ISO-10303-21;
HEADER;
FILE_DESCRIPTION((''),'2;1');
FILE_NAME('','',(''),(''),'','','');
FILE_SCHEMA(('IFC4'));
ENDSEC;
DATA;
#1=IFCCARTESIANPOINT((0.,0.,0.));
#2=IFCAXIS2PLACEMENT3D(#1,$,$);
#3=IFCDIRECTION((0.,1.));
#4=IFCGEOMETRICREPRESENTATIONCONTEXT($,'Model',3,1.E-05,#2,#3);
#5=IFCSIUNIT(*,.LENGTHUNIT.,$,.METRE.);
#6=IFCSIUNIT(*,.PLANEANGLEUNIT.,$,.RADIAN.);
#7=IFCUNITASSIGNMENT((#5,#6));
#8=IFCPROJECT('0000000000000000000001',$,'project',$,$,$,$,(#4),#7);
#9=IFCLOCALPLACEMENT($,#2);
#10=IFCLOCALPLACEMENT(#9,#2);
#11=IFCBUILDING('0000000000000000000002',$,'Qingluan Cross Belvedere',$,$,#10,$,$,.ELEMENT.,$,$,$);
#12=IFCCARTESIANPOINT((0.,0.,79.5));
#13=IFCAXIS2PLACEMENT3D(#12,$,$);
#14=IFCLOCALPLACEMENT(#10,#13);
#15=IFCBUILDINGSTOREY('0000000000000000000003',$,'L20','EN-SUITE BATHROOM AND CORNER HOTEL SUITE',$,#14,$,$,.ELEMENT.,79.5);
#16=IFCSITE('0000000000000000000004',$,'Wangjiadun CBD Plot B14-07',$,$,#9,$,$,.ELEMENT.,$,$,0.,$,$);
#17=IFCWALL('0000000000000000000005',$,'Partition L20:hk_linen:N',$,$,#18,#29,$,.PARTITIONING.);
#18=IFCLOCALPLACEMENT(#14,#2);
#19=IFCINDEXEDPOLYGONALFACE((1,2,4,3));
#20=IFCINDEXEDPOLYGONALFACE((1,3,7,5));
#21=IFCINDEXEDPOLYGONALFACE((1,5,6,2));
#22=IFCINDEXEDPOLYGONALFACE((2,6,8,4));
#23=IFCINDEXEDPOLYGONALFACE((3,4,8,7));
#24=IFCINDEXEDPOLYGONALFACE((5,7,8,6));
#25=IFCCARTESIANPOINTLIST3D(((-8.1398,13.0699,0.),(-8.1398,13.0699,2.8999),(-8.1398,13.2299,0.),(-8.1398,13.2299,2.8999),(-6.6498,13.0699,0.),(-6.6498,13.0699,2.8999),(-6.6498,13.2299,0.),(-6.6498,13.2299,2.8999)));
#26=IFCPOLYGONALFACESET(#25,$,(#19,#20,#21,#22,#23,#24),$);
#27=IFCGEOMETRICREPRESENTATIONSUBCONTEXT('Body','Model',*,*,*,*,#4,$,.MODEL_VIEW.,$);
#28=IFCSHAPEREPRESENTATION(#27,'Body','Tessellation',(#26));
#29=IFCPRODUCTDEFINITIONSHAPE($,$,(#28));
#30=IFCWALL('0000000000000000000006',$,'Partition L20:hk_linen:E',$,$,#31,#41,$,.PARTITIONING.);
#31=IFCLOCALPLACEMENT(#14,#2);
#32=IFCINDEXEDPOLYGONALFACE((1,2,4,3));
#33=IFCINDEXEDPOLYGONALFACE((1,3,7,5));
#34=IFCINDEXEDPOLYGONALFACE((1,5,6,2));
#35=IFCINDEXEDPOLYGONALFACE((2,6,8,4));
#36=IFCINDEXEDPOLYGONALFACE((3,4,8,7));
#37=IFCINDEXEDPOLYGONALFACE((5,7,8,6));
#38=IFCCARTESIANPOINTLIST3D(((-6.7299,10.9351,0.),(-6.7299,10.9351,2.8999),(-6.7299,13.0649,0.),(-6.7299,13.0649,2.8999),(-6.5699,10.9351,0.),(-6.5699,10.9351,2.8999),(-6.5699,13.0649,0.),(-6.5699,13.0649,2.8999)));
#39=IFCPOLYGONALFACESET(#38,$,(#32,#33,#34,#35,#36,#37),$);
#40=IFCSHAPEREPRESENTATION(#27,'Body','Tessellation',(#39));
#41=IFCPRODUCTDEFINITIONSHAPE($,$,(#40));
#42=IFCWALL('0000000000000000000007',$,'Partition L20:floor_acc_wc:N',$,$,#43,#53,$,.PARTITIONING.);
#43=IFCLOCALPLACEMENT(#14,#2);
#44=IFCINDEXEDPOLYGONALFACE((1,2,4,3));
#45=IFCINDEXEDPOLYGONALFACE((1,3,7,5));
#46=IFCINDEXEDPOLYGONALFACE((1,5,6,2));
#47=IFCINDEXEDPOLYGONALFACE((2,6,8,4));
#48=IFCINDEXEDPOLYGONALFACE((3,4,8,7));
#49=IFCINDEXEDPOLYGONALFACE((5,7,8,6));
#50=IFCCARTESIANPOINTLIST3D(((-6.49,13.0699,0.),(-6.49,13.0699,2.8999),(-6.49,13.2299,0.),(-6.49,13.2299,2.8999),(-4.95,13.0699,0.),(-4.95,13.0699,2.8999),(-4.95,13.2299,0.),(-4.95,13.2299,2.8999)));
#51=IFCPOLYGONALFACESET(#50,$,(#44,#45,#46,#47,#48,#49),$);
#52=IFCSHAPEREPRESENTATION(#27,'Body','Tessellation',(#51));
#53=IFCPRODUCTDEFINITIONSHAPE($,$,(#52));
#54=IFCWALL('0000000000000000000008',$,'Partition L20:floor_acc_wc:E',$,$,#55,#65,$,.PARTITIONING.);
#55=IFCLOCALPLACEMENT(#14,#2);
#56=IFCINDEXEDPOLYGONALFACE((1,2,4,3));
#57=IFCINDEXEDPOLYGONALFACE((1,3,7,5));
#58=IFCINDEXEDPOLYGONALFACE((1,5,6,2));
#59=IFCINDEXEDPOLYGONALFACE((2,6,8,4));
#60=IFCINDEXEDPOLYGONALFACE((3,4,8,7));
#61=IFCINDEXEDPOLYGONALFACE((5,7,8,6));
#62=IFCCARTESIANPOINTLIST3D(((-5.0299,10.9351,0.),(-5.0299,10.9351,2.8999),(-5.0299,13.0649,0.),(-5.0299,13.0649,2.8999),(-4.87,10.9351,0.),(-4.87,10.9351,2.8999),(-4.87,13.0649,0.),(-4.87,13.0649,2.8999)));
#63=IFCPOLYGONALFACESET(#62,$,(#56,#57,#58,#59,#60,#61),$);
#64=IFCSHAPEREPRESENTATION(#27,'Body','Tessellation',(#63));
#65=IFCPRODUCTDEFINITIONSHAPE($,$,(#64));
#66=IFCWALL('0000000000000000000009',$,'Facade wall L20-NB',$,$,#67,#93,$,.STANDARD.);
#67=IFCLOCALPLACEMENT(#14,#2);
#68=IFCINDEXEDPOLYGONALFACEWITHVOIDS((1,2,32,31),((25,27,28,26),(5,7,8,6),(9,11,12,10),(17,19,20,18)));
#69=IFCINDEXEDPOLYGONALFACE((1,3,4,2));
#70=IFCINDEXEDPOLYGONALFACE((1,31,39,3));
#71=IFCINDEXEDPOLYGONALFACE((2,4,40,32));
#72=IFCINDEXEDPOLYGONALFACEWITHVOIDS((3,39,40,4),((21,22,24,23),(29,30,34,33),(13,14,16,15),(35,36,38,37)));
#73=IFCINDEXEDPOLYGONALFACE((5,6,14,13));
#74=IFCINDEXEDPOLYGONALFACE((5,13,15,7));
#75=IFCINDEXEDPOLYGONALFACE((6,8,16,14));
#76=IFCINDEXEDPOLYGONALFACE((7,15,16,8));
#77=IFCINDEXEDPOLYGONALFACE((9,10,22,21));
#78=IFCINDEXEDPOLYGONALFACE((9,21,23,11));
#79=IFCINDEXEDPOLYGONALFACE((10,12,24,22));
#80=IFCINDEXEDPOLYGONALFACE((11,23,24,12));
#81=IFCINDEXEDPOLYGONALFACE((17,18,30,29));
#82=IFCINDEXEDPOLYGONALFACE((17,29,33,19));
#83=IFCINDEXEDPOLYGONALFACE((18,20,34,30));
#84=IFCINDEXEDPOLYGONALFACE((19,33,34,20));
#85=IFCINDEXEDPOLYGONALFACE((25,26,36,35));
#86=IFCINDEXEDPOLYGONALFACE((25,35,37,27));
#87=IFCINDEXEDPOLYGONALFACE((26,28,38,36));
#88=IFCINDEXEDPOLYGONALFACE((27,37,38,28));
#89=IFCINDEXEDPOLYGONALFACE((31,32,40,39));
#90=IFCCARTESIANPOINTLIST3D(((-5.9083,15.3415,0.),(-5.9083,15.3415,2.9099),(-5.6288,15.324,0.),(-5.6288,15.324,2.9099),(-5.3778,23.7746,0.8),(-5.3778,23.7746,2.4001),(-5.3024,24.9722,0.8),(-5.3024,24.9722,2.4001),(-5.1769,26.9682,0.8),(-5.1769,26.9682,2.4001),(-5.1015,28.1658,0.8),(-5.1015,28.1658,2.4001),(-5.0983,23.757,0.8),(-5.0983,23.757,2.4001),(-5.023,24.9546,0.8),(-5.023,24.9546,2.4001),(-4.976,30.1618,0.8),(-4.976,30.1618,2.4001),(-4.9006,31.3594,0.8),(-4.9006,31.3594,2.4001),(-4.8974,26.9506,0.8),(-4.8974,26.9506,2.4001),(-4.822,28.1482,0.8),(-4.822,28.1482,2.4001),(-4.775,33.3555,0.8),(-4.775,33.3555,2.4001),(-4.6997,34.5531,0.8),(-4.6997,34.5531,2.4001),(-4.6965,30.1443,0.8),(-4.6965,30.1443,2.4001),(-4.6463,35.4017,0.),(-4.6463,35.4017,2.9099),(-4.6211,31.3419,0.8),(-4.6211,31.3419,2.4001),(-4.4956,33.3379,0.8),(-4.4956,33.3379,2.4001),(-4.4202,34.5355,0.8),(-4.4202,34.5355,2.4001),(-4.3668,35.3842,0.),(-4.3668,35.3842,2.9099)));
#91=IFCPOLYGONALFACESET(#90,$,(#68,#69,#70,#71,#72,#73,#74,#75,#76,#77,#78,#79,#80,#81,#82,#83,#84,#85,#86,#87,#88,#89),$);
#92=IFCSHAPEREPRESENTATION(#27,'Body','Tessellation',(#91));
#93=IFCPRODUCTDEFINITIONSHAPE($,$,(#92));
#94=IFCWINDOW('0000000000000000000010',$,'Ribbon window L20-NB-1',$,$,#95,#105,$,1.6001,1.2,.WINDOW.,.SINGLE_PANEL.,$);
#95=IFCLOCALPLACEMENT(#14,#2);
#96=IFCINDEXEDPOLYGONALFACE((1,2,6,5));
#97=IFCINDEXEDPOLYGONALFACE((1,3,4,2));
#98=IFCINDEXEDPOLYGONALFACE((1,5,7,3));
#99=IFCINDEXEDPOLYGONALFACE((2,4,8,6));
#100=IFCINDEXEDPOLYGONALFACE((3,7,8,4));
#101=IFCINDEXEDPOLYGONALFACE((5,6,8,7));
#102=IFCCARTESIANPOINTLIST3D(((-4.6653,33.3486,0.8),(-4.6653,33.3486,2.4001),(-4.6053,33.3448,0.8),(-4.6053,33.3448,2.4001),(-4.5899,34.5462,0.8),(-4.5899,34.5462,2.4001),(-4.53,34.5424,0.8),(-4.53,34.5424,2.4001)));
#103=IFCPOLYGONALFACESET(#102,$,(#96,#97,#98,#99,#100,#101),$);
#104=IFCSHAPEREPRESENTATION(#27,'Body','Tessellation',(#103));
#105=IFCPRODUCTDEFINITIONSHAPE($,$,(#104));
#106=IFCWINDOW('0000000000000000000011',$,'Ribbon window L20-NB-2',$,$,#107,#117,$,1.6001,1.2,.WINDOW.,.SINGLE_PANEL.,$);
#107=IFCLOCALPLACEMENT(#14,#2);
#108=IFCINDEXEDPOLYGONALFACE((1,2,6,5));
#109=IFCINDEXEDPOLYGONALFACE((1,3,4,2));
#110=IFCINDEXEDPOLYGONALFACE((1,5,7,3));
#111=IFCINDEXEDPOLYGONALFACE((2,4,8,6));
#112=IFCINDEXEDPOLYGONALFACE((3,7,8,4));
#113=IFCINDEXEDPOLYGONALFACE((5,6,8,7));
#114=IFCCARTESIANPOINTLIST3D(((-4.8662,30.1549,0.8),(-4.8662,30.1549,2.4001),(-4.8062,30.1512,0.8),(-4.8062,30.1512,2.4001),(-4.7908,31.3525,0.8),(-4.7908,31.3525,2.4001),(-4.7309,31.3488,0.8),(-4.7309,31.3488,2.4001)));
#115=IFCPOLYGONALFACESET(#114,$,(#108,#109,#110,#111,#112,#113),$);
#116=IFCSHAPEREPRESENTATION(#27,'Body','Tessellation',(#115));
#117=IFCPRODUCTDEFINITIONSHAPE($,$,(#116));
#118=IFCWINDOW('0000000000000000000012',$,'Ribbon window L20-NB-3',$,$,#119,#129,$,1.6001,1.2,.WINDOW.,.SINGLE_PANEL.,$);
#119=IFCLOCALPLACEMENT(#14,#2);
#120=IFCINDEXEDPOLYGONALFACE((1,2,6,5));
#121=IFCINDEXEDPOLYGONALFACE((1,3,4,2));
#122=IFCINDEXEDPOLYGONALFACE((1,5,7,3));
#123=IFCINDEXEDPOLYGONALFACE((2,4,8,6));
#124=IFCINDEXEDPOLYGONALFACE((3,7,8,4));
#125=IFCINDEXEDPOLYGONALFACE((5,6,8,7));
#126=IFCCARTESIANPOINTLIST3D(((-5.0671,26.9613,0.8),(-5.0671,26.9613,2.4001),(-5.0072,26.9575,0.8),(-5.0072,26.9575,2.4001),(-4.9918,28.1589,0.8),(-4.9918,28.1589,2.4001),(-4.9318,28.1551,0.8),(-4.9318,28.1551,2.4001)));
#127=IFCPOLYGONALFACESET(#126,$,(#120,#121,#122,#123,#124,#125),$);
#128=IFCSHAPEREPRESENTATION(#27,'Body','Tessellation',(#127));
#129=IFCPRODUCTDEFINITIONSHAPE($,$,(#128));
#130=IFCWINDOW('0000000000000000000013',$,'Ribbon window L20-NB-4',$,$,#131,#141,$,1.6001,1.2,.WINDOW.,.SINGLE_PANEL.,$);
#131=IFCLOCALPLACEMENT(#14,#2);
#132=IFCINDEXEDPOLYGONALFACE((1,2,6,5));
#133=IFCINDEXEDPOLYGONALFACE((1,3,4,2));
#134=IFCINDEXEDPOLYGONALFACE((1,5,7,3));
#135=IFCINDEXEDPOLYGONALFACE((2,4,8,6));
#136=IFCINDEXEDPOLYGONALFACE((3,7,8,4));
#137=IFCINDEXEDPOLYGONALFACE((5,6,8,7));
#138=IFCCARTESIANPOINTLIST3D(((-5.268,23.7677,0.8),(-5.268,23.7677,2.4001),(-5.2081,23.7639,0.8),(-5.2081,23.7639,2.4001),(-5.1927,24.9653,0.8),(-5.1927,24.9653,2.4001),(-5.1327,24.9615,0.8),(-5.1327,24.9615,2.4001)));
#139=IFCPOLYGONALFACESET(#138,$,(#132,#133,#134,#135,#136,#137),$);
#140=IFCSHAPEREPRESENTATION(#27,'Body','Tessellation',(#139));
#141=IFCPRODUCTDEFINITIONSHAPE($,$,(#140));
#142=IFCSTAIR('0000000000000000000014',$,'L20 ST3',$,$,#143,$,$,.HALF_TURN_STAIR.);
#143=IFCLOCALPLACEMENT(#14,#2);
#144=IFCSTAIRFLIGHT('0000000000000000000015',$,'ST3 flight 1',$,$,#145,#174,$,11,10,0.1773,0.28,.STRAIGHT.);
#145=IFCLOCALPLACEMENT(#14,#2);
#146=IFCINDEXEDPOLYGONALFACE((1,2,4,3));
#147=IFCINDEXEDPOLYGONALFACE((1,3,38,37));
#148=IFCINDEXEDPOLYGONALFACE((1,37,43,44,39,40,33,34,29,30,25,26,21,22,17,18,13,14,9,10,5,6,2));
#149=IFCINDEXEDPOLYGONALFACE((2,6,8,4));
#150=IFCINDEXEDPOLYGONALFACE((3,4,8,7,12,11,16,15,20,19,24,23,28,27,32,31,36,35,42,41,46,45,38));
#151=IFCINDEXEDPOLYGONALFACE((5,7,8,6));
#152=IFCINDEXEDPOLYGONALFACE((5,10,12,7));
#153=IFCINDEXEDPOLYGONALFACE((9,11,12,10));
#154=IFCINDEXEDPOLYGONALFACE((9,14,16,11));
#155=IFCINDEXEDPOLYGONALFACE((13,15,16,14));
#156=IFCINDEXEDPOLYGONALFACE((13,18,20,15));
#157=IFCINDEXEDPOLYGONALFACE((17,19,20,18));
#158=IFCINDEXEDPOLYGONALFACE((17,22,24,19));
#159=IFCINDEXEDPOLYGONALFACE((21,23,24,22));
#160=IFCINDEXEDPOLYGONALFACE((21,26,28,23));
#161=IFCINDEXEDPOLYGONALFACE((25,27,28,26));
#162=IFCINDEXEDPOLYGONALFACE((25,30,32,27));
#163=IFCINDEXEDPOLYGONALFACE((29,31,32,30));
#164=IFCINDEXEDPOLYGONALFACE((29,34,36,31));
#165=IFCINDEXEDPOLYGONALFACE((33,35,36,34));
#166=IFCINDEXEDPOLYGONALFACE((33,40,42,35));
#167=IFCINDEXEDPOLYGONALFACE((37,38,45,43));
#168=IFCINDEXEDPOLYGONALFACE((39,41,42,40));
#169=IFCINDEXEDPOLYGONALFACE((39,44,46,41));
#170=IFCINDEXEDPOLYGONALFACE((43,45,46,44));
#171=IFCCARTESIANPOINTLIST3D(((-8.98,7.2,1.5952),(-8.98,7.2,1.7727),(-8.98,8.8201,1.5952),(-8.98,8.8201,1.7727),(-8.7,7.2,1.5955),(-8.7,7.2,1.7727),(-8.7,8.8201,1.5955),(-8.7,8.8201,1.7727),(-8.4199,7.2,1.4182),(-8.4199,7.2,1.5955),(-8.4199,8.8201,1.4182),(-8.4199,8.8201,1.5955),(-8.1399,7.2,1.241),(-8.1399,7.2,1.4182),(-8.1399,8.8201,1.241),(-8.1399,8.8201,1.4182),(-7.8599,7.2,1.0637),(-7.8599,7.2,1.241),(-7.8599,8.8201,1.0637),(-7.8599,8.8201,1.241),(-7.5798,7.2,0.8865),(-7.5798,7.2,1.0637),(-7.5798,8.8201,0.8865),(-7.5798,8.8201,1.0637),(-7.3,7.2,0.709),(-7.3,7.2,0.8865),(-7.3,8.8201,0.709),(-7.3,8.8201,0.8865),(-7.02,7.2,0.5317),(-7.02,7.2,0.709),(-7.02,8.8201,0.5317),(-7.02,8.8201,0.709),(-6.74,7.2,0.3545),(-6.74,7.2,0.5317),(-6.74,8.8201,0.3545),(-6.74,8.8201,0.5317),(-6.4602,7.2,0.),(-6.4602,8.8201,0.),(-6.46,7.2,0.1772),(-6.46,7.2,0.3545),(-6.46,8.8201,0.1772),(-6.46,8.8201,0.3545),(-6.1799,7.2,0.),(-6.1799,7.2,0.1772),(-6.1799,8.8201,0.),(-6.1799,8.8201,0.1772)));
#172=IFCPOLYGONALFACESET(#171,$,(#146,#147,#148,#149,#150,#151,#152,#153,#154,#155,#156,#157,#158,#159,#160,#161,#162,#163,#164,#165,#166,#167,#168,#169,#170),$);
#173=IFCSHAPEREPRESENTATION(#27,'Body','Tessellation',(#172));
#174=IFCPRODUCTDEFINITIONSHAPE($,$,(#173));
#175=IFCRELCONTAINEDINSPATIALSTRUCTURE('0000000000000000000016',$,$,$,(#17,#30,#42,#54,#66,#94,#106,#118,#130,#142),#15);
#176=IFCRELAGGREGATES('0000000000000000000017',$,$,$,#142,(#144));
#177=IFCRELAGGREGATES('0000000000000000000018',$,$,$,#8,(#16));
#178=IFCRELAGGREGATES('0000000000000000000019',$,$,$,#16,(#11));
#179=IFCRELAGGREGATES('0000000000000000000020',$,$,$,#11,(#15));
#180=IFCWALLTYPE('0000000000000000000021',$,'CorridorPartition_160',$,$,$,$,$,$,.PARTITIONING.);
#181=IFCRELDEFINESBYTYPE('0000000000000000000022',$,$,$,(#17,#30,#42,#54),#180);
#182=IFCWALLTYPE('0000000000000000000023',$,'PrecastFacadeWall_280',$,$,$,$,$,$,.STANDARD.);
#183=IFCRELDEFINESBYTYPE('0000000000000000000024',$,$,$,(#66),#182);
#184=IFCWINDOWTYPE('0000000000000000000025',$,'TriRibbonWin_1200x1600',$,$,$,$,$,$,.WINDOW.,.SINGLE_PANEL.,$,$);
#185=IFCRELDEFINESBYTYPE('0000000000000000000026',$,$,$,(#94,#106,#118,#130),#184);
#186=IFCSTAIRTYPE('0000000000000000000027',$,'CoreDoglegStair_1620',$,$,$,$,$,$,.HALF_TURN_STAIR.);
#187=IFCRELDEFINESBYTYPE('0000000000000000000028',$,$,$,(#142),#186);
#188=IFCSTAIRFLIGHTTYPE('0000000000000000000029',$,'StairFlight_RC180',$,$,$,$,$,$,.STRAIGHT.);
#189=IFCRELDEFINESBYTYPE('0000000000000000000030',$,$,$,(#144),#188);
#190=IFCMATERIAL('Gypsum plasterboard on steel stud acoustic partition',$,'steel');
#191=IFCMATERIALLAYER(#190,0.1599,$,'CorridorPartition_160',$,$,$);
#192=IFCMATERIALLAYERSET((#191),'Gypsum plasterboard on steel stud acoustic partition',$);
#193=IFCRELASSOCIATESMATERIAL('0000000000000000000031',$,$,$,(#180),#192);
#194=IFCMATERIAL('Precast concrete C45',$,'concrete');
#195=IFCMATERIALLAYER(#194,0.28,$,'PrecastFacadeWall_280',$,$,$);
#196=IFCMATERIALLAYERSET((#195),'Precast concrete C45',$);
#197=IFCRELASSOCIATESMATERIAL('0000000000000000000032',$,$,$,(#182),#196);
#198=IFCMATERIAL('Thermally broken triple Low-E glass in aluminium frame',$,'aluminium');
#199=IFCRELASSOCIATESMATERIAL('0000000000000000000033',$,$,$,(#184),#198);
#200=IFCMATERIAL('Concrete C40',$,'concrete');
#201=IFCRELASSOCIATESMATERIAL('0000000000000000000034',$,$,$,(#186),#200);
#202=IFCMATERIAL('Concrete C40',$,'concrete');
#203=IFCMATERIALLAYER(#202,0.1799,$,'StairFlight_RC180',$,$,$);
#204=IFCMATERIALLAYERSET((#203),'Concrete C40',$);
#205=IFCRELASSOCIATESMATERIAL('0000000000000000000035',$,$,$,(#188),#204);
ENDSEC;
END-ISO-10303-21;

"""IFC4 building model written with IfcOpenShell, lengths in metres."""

from ifc_helpers import new_model, si_unit, direction, frame, frame_2d, origin, place, context, subcontext, project, spatial, polyline, rectangle, outline, extrude, material, layer, layer_set, type_object, element, fill, aggregate, save


model = new_model("IFC4")

# Units and contexts
model_context = context("Model", 3, precision=1e-05, world=origin(), true_north=direction((0.0, 1.0)))
body_context = subcontext(model_context, "Body", "Model", "MODEL_VIEW")
ifc_project = project(units=[si_unit("LENGTHUNIT", "METRE"), si_unit("PLANEANGLEUNIT", "RADIAN")], contexts=[model_context])

# Site, building, storey
site_placement = place(None, origin())
site = spatial("IfcSite", under=ifc_project, at=site_placement, Name="Wangjiadun CBD Plot B14-07", CompositionType="ELEMENT", RefElevation=0.0)
building_placement = place(site_placement, origin())
building = spatial("IfcBuilding", under=site, at=building_placement, Name="Qingluan Cross Belvedere", CompositionType="ELEMENT")
storey_placement = place(building_placement, frame((0.0, 0.0, 79.5)))
storey = spatial("IfcBuildingStorey", under=building, at=storey_placement, Name="L20", Description="EN-SUITE BATHROOM AND CORNER HOTEL SUITE", CompositionType="ELEMENT", Elevation=79.5)

# Shared definitions
ifc_material_1 = material(Name="Gypsum plasterboard on steel stud acoustic partition", Category="steel")
ifc_layer_1 = layer(ifc_material_1, 0.1599, Name="CorridorPartition_160")
ifc_layer_set_1 = layer_set([ifc_layer_1], Name="Gypsum plasterboard on steel stud acoustic partition")
wall_type_1 = type_object("IfcWallType", Name="CorridorPartition_160", PredefinedType="PARTITIONING", material=ifc_layer_set_1)

# Walls
wall_1_placement = place(storey_placement, frame((-8.1399, 13.1499, 0.0), z_axis=(0.0, 0.0, 1.0), x_axis=(1.0, 0.0, 0.0)))
element("IfcWall", 1, at=wall_1_placement, inside=storey, type_object=wall_type_1, Name="Partition L20:hk_linen:N", PredefinedType="PARTITIONING", context=body_context, shape_type="SweptSolid", body=[
    extrude(rectangle(XDim=1.49, YDim=0.1599, at=frame_2d((0.7451, 0.0))), origin(), (0.0, 0.0, 1.0), 2.8999),
])
wall_2_placement = place(storey_placement, frame((-6.6499, 10.9351, 0.0), z_axis=(0.0, 0.0, 1.0), x_axis=(0.0, 1.0, 0.0)))
element("IfcWall", 2, at=wall_2_placement, inside=storey, type_object=wall_type_1, Name="Partition L20:hk_linen:E", PredefinedType="PARTITIONING", context=body_context, shape_type="SweptSolid", body=[
    extrude(rectangle(XDim=2.1299, YDim=0.1599, at=frame_2d((1.0649, 0.0))), origin(), (0.0, 0.0, 1.0), 2.8999),
])

# Walls
wall_3_placement = place(storey_placement, frame((-6.49, 13.1499, 0.0), z_axis=(0.0, 0.0, 1.0), x_axis=(1.0, 0.0, 0.0)))
element("IfcWall", 3, at=wall_3_placement, inside=storey, type_object=wall_type_1, Name="Partition L20:floor_acc_wc:N", PredefinedType="PARTITIONING", context=body_context, shape_type="SweptSolid", body=[
    extrude(rectangle(XDim=1.54, YDim=0.1599, at=frame_2d((0.77, 0.0))), origin(), (0.0, 0.0, 1.0), 2.8999),
])
wall_4_placement = place(storey_placement, frame((-4.95, 10.9351, 0.0), z_axis=(0.0, 0.0, 1.0), x_axis=(0.0, 1.0, 0.0)))
element("IfcWall", 4, at=wall_4_placement, inside=storey, type_object=wall_type_1, Name="Partition L20:floor_acc_wc:E", PredefinedType="PARTITIONING", context=body_context, shape_type="SweptSolid", body=[
    extrude(rectangle(XDim=2.1299, YDim=0.1599, at=frame_2d((1.0649, 0.0))), origin(), (0.0, 0.0, 1.0), 2.8999),
])

# Wall, openings, windows
ifc_material_2 = material(Name="Precast concrete C45", Category="concrete")
ifc_layer_2 = layer(ifc_material_2, 0.28, Name="PrecastFacadeWall_280")
ifc_layer_set_2 = layer_set([ifc_layer_2], Name="Precast concrete C45")
wall_type_2 = type_object("IfcWallType", Name="PrecastFacadeWall_280", PredefinedType="STANDARD", material=ifc_layer_set_2)
wall_5_placement = place(storey_placement, frame((-4.5066, 35.3928, 0.0), z_axis=(0.0, 0.0, 1.0), x_axis=(-0.062784, -0.998027, 0.0)))
wall_5 = element("IfcWall", 5, at=wall_5_placement, inside=storey, type_object=wall_type_2, Name="Facade wall L20-NB", PredefinedType="STANDARD", context=body_context, shape_type="SweptSolid", body=[
    extrude(rectangle(XDim=20.0999, YDim=0.28, at=frame_2d((10.0498, 0.0))), origin(), (0.0, 0.0, 1.0), 2.9099),
])
opening_1_placement = place(wall_5_placement, frame((0.8501, 0.0, 0.8)))
opening_1 = element("IfcOpeningElement", 6, at=opening_1_placement, cuts=wall_5, PredefinedType="OPENING", context=body_context, shape_type="SweptSolid", body=[
    extrude(rectangle(XDim=1.2, YDim=1.6001, at=frame_2d((0.6001, 0.8))), frame((0.0, 0.1499, 0.0), z_axis=(0.0, -1.0, 0.0), x_axis=(1.0, 0.0, 0.0)), (0.0, 0.0, 1.0), 0.3),
])
opening_2_placement = place(wall_5_placement, frame((4.05, 0.0, 0.8)))
opening_2 = element("IfcOpeningElement", 7, at=opening_2_placement, cuts=wall_5, PredefinedType="OPENING", context=body_context, shape_type="SweptSolid", body=[
    extrude(rectangle(XDim=1.2, YDim=1.6001, at=frame_2d((0.6001, 0.8))), frame((0.0, 0.1499, 0.0), z_axis=(0.0, -1.0, 0.0), x_axis=(1.0, 0.0, 0.0)), (0.0, 0.0, 1.0), 0.3),
])
opening_3_placement = place(wall_5_placement, frame((7.25, 0.0, 0.8)))
opening_3 = element("IfcOpeningElement", 8, at=opening_3_placement, cuts=wall_5, PredefinedType="OPENING", context=body_context, shape_type="SweptSolid", body=[
    extrude(rectangle(XDim=1.2, YDim=1.6001, at=frame_2d((0.6001, 0.8))), frame((0.0, 0.1499, 0.0), z_axis=(0.0, -1.0, 0.0), x_axis=(1.0, 0.0, 0.0)), (0.0, 0.0, 1.0), 0.3),
])
opening_4_placement = place(wall_5_placement, frame((10.45, 0.0, 0.8)))
opening_4 = element("IfcOpeningElement", 9, at=opening_4_placement, cuts=wall_5, PredefinedType="OPENING", context=body_context, shape_type="SweptSolid", body=[
    extrude(rectangle(XDim=1.2, YDim=1.6001, at=frame_2d((0.6001, 0.8))), frame((0.0, 0.1499, 0.0), z_axis=(0.0, -1.0, 0.0), x_axis=(1.0, 0.0, 0.0)), (0.0, 0.0, 1.0), 0.3),
])
ifc_material_3 = material(Name="Thermally broken triple Low-E glass in aluminium frame", Category="aluminium")
window_type = type_object("IfcWindowType", Name="TriRibbonWin_1200x1600", PartitioningType="SINGLE_PANEL", PredefinedType="WINDOW", material=ifc_material_3)
window_1_placement = place(opening_1_placement, origin())
window_1 = element("IfcWindow", 10, at=window_1_placement, inside=storey, type_object=window_type, Name="Ribbon window L20-NB-1", OverallHeight=1.6001, OverallWidth=1.2, PartitioningType="SINGLE_PANEL", PredefinedType="WINDOW", context=body_context, shape_type="SweptSolid", body=[
    extrude(rectangle(XDim=1.2, YDim=1.6001, at=frame_2d((0.6001, 0.8))), frame((0.0, 0.03, 0.0), z_axis=(0.0, -1.0, 0.0), x_axis=(1.0, 0.0, 0.0)), (0.0, 0.0, 1.0), 0.0601),
])
fill(opening_1, window_1)
window_2_placement = place(opening_2_placement, origin())
window_2 = element("IfcWindow", 11, at=window_2_placement, inside=storey, type_object=window_type, Name="Ribbon window L20-NB-2", OverallHeight=1.6001, OverallWidth=1.2, PartitioningType="SINGLE_PANEL", PredefinedType="WINDOW", context=body_context, shape_type="SweptSolid", body=[
    extrude(rectangle(XDim=1.2, YDim=1.6001, at=frame_2d((0.6001, 0.8))), frame((0.0, 0.03, 0.0), z_axis=(0.0, -1.0, 0.0), x_axis=(1.0, 0.0, 0.0)), (0.0, 0.0, 1.0), 0.0601),
])
fill(opening_2, window_2)
window_3_placement = place(opening_3_placement, origin())
window_3 = element("IfcWindow", 12, at=window_3_placement, inside=storey, type_object=window_type, Name="Ribbon window L20-NB-3", OverallHeight=1.6001, OverallWidth=1.2, PartitioningType="SINGLE_PANEL", PredefinedType="WINDOW", context=body_context, shape_type="SweptSolid", body=[
    extrude(rectangle(XDim=1.2, YDim=1.6001, at=frame_2d((0.6001, 0.8))), frame((0.0, 0.03, 0.0), z_axis=(0.0, -1.0, 0.0), x_axis=(1.0, 0.0, 0.0)), (0.0, 0.0, 1.0), 0.0601),
])
fill(opening_3, window_3)
window_4_placement = place(opening_4_placement, origin())
window_4 = element("IfcWindow", 13, at=window_4_placement, inside=storey, type_object=window_type, Name="Ribbon window L20-NB-4", OverallHeight=1.6001, OverallWidth=1.2, PartitioningType="SINGLE_PANEL", PredefinedType="WINDOW", context=body_context, shape_type="SweptSolid", body=[
    extrude(rectangle(XDim=1.2, YDim=1.6001, at=frame_2d((0.6001, 0.8))), frame((0.0, 0.03, 0.0), z_axis=(0.0, -1.0, 0.0), x_axis=(1.0, 0.0, 0.0)), (0.0, 0.0, 1.0), 0.0601),
])
fill(opening_4, window_4)

# Stair, stair flight
ifc_material_4 = material(Name="Concrete C40", Category="concrete")
stair_type = type_object("IfcStairType", Name="CoreDoglegStair_1620", PredefinedType="HALF_TURN_STAIR", material=ifc_material_4)
stair_placement = place(storey_placement, origin())
stair = element("IfcStair", 14, at=stair_placement, inside=storey, type_object=stair_type, Name="L20 ST3", PredefinedType="HALF_TURN_STAIR")
ifc_material_5 = material(Name="Concrete C40", Category="concrete")
ifc_layer_3 = layer(ifc_material_5, 0.1799, Name="StairFlight_RC180")
ifc_layer_set_3 = layer_set([ifc_layer_3], Name="Concrete C40")
stair_flight_type = type_object("IfcStairFlightType", Name="StairFlight_RC180", PredefinedType="STRAIGHT", material=ifc_layer_set_3)
stair_flight_placement = place(storey_placement, frame((-6.1799, 8.01, 0.0), z_axis=(0.0, 0.0, 1.0), x_axis=(-1.0, 0.0, 0.0)))
stair_flight = element("IfcStairFlight", 15, at=stair_flight_placement, type_object=stair_flight_type, Name="ST3 flight 1", NumberOfRisers=11, NumberOfTreads=10, PredefinedType="STRAIGHT", RiserHeight=0.1773, TreadLength=0.28, context=body_context, shape_type="SweptSolid", body=[
    extrude(outline(polyline([(0.0, 0.0), (0.0, 0.1772), (0.28, 0.1772), (0.28, 0.3545), (0.5601, 0.3545), (0.5601, 0.5317), (0.8401, 0.5317), (0.8401, 0.709), (1.1201, 0.709), (1.1201, 0.8865), (1.3999, 0.8865), (1.3999, 1.0637), (1.6799, 1.0637), (1.6799, 1.241), (1.96, 1.241), (1.96, 1.4182), (2.24, 1.4182), (2.24, 1.5955), (2.52, 1.5955), (2.52, 1.7727), (2.8, 1.7727), (2.8, 1.95), (2.8, 1.5952), (0.2803, 0.0), (0.0, 0.0)])), frame((0.0, 0.8101, 0.0), z_axis=(0.0, -1.0, 0.0), x_axis=(1.0, 0.0, 0.0)), (0.0, 0.0, 1.0), 1.6201),
])
aggregate(stair, [stair_flight])

save(model, "model.ifc")
